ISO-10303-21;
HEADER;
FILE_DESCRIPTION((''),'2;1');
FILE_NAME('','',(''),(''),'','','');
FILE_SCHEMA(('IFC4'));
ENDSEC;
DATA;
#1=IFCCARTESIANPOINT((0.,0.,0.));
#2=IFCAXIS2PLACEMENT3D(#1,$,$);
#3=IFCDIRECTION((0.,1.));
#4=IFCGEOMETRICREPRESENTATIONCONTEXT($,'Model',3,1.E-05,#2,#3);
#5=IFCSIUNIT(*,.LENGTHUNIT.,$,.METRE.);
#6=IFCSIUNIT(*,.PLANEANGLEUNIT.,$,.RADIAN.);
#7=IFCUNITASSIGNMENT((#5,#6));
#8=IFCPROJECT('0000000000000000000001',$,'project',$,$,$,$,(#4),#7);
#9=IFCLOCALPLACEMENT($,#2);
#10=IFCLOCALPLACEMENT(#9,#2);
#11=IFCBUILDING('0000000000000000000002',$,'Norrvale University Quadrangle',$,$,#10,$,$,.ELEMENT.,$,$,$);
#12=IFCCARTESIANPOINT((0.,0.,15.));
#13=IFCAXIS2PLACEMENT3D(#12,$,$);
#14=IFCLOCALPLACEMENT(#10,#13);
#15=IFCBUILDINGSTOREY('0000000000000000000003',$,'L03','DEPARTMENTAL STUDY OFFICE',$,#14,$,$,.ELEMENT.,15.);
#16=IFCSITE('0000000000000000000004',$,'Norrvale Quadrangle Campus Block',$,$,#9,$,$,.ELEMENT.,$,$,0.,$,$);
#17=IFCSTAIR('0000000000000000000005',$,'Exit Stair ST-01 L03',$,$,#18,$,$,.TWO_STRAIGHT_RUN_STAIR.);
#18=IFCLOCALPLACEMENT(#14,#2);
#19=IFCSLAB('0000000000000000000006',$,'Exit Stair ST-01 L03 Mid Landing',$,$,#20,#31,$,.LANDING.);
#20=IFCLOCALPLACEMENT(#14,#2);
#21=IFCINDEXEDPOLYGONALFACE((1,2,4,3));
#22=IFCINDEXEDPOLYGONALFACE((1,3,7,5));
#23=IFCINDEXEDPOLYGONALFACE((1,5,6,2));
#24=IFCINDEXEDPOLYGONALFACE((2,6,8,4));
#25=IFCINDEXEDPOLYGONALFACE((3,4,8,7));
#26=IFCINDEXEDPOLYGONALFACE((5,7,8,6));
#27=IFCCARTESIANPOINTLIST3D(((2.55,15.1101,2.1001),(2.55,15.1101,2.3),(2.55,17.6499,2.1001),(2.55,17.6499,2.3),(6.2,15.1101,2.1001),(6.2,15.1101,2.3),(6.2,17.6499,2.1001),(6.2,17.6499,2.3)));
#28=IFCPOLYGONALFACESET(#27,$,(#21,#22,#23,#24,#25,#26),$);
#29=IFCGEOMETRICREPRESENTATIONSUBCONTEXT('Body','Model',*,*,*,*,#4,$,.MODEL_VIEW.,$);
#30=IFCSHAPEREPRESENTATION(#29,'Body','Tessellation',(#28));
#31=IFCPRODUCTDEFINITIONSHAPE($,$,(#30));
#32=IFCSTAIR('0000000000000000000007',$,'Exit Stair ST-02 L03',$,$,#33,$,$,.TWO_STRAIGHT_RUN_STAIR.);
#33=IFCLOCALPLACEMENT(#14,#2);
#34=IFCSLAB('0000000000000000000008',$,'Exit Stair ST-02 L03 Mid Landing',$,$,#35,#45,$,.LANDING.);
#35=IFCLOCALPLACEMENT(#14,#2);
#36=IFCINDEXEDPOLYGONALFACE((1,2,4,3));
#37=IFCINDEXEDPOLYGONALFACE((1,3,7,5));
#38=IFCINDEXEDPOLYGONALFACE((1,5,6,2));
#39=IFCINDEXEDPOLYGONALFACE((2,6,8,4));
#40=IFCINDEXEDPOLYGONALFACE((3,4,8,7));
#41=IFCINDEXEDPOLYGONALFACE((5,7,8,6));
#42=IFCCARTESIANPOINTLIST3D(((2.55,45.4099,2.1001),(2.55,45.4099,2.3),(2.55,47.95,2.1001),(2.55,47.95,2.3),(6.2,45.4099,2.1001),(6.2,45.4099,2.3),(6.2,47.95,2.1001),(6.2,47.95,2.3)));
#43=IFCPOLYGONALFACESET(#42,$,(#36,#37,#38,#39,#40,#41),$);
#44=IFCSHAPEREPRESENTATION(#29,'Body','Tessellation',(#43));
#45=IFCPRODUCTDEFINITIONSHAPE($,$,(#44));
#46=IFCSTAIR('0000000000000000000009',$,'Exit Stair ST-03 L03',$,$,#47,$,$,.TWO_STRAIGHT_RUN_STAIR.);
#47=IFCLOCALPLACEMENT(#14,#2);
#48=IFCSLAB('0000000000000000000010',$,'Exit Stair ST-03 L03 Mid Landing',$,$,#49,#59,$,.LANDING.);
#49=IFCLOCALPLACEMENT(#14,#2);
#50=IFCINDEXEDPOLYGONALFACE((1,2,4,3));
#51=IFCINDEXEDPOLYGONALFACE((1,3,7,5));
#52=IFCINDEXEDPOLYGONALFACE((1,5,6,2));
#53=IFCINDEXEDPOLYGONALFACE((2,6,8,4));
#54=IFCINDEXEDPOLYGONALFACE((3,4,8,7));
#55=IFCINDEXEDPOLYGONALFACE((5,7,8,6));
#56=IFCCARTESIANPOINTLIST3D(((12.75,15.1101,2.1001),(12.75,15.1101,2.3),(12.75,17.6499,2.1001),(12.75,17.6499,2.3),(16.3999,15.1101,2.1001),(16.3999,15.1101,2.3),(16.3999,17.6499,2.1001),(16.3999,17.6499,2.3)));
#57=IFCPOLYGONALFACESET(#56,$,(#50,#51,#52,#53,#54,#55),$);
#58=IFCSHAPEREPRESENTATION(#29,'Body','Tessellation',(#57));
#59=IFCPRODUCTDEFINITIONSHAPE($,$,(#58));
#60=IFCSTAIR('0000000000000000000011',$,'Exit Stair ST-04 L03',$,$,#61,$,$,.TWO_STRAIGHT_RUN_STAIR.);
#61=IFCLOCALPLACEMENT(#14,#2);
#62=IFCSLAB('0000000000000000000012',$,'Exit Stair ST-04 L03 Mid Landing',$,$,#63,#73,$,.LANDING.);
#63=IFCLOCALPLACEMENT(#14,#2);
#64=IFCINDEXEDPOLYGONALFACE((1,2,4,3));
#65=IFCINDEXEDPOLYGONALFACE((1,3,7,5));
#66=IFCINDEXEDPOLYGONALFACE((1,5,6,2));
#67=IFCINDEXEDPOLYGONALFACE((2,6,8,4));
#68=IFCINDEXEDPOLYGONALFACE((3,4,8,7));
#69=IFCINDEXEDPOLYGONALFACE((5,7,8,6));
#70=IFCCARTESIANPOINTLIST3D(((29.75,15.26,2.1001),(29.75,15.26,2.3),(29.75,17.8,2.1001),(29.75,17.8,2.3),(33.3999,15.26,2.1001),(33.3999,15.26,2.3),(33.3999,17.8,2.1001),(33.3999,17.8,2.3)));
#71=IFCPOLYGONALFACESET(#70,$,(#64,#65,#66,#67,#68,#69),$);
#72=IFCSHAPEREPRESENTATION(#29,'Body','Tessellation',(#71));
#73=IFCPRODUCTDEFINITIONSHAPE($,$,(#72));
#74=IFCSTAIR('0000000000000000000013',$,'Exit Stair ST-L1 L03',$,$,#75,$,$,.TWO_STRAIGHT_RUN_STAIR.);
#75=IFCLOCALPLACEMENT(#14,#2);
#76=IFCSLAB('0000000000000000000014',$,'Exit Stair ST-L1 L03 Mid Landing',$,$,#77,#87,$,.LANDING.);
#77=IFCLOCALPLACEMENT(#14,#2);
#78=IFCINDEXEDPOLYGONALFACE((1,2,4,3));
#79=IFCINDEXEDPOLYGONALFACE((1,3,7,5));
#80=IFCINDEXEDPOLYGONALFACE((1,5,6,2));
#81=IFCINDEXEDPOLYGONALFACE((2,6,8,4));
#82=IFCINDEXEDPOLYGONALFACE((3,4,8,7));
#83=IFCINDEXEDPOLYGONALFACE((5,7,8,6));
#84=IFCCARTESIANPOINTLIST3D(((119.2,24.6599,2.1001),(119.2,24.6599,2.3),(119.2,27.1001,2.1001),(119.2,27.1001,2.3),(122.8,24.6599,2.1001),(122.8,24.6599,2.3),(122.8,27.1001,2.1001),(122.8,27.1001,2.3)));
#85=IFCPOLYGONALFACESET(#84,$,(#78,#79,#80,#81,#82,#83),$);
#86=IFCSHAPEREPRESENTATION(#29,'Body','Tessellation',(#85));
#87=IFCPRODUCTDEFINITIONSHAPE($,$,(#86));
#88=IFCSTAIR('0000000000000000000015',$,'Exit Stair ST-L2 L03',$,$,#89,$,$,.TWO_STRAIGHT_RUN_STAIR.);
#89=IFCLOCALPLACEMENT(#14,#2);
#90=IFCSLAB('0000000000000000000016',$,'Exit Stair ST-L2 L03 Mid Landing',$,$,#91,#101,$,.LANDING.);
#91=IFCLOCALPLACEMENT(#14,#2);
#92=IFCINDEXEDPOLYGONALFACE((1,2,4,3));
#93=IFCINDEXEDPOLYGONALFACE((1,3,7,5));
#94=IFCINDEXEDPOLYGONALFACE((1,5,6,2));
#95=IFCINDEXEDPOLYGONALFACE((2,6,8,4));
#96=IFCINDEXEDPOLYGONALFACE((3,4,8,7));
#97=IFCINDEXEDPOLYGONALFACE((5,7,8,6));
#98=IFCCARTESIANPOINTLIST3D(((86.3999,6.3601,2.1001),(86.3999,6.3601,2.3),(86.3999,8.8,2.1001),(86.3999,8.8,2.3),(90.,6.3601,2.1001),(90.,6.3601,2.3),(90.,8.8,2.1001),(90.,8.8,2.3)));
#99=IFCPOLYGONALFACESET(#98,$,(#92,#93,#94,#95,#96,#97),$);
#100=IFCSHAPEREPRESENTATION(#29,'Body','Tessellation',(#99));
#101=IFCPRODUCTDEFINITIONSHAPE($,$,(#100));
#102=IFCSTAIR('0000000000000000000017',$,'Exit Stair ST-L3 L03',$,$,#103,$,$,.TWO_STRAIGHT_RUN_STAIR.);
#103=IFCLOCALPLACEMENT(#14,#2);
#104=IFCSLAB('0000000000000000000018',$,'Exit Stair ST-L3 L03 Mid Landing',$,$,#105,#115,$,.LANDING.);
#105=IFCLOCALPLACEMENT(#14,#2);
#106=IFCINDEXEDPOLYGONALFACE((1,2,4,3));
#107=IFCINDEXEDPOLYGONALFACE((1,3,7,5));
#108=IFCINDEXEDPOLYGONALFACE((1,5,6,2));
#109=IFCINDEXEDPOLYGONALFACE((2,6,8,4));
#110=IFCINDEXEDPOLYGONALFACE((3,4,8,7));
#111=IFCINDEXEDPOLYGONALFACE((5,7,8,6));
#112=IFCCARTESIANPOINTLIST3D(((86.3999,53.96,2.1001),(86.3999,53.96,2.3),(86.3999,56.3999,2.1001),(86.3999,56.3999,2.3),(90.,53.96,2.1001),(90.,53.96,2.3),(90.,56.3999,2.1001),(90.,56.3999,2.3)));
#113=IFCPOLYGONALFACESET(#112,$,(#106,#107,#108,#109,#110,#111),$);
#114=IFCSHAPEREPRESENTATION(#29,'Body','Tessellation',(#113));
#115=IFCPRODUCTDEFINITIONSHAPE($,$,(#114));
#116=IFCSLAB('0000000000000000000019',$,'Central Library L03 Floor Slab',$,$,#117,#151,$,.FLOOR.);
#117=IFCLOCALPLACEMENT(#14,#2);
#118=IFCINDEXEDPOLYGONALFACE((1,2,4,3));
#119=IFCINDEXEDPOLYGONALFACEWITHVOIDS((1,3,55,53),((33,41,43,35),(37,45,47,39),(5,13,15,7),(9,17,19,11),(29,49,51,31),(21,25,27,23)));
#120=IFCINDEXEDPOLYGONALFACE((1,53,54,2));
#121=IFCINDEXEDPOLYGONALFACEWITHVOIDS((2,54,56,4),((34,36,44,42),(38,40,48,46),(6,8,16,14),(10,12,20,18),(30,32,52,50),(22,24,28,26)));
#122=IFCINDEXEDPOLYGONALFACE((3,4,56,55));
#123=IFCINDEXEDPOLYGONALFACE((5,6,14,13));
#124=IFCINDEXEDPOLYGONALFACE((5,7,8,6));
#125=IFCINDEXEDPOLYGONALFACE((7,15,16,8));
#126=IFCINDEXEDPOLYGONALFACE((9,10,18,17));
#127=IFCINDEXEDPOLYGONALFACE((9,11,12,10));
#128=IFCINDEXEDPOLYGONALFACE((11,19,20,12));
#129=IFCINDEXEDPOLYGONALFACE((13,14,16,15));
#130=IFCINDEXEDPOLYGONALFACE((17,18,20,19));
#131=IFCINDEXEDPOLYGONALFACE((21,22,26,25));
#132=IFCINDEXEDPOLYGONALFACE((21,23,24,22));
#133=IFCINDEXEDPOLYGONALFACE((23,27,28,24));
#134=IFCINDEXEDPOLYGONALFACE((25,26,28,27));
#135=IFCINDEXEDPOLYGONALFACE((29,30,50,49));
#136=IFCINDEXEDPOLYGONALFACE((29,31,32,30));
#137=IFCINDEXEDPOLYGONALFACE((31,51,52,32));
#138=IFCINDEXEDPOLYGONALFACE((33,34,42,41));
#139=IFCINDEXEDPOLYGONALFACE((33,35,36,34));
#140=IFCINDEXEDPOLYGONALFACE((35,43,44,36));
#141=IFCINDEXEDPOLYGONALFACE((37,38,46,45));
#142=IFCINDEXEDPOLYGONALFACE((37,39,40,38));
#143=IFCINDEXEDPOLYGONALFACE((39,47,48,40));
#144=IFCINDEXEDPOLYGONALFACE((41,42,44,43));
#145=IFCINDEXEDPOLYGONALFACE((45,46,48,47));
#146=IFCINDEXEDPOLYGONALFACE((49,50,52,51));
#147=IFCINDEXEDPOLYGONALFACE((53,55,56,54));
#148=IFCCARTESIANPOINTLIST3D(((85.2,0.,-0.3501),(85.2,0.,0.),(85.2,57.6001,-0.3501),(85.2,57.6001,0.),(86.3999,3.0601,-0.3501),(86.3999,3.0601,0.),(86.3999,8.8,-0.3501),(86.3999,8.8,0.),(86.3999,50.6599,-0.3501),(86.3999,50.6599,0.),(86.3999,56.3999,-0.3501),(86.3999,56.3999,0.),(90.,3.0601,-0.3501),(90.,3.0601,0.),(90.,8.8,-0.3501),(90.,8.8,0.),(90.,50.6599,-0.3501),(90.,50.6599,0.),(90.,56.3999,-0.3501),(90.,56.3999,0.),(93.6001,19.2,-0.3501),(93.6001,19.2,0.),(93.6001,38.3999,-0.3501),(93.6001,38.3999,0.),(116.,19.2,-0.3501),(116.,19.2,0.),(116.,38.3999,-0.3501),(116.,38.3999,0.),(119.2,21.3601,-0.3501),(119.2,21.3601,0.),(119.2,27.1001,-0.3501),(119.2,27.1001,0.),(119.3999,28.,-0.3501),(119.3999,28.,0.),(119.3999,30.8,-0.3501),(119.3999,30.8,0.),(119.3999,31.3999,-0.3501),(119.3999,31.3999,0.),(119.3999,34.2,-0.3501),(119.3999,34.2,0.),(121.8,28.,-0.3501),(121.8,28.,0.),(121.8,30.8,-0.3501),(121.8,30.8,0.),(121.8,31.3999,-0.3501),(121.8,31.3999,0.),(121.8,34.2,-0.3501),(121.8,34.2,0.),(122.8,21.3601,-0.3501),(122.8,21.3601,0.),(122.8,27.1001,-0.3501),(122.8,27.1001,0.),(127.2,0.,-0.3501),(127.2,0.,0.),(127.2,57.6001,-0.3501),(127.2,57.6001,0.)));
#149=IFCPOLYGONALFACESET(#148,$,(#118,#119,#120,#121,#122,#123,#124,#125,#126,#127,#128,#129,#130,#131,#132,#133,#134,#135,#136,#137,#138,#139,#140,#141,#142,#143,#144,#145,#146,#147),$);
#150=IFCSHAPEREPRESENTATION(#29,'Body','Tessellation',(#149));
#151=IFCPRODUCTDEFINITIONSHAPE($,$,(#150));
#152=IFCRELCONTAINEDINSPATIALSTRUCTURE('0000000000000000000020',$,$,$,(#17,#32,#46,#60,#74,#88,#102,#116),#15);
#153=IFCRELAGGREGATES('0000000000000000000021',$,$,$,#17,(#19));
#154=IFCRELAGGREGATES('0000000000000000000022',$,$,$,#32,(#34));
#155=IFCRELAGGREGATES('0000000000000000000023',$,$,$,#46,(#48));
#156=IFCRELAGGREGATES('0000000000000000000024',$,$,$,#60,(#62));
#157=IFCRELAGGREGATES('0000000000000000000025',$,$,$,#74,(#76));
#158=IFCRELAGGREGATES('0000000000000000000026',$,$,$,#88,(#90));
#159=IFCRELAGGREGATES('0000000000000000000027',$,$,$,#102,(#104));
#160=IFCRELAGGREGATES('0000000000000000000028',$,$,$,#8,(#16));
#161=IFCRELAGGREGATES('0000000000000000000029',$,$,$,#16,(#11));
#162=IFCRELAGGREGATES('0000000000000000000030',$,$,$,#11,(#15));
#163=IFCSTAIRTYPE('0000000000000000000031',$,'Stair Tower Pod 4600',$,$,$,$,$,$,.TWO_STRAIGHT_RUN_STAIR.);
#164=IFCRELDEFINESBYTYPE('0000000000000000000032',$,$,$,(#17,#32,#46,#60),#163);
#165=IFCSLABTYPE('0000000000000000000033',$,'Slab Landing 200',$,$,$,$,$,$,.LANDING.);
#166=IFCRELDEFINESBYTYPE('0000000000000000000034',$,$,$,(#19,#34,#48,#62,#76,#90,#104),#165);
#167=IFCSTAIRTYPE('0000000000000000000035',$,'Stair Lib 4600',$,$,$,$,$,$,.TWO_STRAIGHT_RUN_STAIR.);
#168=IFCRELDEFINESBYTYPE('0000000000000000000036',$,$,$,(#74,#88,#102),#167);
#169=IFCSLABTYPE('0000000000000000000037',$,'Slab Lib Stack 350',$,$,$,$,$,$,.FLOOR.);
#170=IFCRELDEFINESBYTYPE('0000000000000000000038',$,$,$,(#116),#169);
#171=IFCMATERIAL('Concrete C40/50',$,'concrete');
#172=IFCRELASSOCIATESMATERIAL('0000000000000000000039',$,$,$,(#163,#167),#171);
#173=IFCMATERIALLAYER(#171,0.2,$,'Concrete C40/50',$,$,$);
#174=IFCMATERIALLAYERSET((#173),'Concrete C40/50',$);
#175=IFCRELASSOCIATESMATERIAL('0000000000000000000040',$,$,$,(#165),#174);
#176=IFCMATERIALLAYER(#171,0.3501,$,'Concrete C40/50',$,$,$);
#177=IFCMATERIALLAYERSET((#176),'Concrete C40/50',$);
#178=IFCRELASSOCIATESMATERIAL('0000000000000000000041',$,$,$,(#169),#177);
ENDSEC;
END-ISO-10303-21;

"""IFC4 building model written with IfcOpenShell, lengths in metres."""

from ifc_helpers import new_model, si_unit, direction, frame, origin, place, context, subcontext, project, spatial, polyline, outline, extrude, material, layer, layer_set, type_object, element, aggregate, save


model = new_model("IFC4")

# Units and contexts
model_context = context("Model", 3, precision=1e-05, world=origin(), true_north=direction((0.0, 1.0)))
body_context = subcontext(model_context, "Body", "Model", "MODEL_VIEW")
ifc_project = project(units=[si_unit("LENGTHUNIT", "METRE"), si_unit("PLANEANGLEUNIT", "RADIAN")], contexts=[model_context])

# Site, building, storey
site_placement = place(None, origin())
site = spatial("IfcSite", under=ifc_project, at=site_placement, Name="Norrvale Quadrangle Campus Block", CompositionType="ELEMENT", RefElevation=0.0)
building_placement = place(site_placement, origin())
building = spatial("IfcBuilding", under=site, at=building_placement, Name="Norrvale University Quadrangle", CompositionType="ELEMENT")
storey_placement = place(building_placement, frame((0.0, 0.0, 15.0)))
storey = spatial("IfcBuildingStorey", under=building, at=storey_placement, Name="L03", Description="DEPARTMENTAL STUDY OFFICE", CompositionType="ELEMENT", Elevation=15.0)

# Stairs, slabs
ifc_material_1 = material(Name="Concrete C40/50", Category="concrete")
stair_type_1 = type_object("IfcStairType", Name="Stair Tower Pod 4600", PredefinedType="TWO_STRAIGHT_RUN_STAIR", material=ifc_material_1)
stair_1_placement = place(storey_placement, origin())
stair_1 = element("IfcStair", 1, at=stair_1_placement, inside=storey, type_object=stair_type_1, Name="Exit Stair ST-01 L03", PredefinedType="TWO_STRAIGHT_RUN_STAIR")
ifc_layer_1 = layer(ifc_material_1, 0.2, Name="Concrete C40/50")
ifc_layer_set_1 = layer_set([ifc_layer_1], Name="Concrete C40/50")
slab_type_1 = type_object("IfcSlabType", Name="Slab Landing 200", PredefinedType="LANDING", material=ifc_layer_set_1)
slab_1_placement = place(storey_placement, frame((0.0, 0.0, 2.1001)))
slab_1 = element("IfcSlab", 2, at=slab_1_placement, type_object=slab_type_1, Name="Exit Stair ST-01 L03 Mid Landing", PredefinedType="LANDING", context=body_context, shape_type="SweptSolid", body=[
    extrude(outline(polyline([(2.55, 15.1101), (6.2, 15.1101), (6.2, 17.6499), (2.55, 17.6499), (2.55, 15.1101)])), origin(), (0.0, 0.0, 1.0), 0.2),
])
aggregate(stair_1, [slab_1])
stair_2_placement = place(storey_placement, origin())
stair_2 = element("IfcStair", 3, at=stair_2_placement, inside=storey, type_object=stair_type_1, Name="Exit Stair ST-02 L03", PredefinedType="TWO_STRAIGHT_RUN_STAIR")
slab_2_placement = place(storey_placement, frame((0.0, 0.0, 2.1001)))
slab_2 = element("IfcSlab", 4, at=slab_2_placement, type_object=slab_type_1, Name="Exit Stair ST-02 L03 Mid Landing", PredefinedType="LANDING", context=body_context, shape_type="SweptSolid", body=[
    extrude(outline(polyline([(2.55, 45.4099), (6.2, 45.4099), (6.2, 47.95), (2.55, 47.95), (2.55, 45.4099)])), origin(), (0.0, 0.0, 1.0), 0.2),
])
aggregate(stair_2, [slab_2])
stair_3_placement = place(storey_placement, origin())
stair_3 = element("IfcStair", 5, at=stair_3_placement, inside=storey, type_object=stair_type_1, Name="Exit Stair ST-03 L03", PredefinedType="TWO_STRAIGHT_RUN_STAIR")
slab_3_placement = place(storey_placement, frame((0.0, 0.0, 2.1001)))
slab_3 = element("IfcSlab", 6, at=slab_3_placement, type_object=slab_type_1, Name="Exit Stair ST-03 L03 Mid Landing", PredefinedType="LANDING", context=body_context, shape_type="SweptSolid", body=[
    extrude(outline(polyline([(12.75, 15.1101), (16.3999, 15.1101), (16.3999, 17.6499), (12.75, 17.6499), (12.75, 15.1101)])), origin(), (0.0, 0.0, 1.0), 0.2),
])
aggregate(stair_3, [slab_3])
stair_4_placement = place(storey_placement, origin())
stair_4 = element("IfcStair", 7, at=stair_4_placement, inside=storey, type_object=stair_type_1, Name="Exit Stair ST-04 L03", PredefinedType="TWO_STRAIGHT_RUN_STAIR")
slab_4_placement = place(storey_placement, frame((0.0, 0.0, 2.1001)))
slab_4 = element("IfcSlab", 8, at=slab_4_placement, type_object=slab_type_1, Name="Exit Stair ST-04 L03 Mid Landing", PredefinedType="LANDING", context=body_context, shape_type="SweptSolid", body=[
    extrude(outline(polyline([(29.75, 15.26), (33.3999, 15.26), (33.3999, 17.8), (29.75, 17.8), (29.75, 15.26)])), origin(), (0.0, 0.0, 1.0), 0.2),
])
aggregate(stair_4, [slab_4])
stair_type_2 = type_object("IfcStairType", Name="Stair Lib 4600", PredefinedType="TWO_STRAIGHT_RUN_STAIR", material=ifc_material_1)
stair_5_placement = place(storey_placement, origin())
stair_5 = element("IfcStair", 9, at=stair_5_placement, inside=storey, type_object=stair_type_2, Name="Exit Stair ST-L1 L03", PredefinedType="TWO_STRAIGHT_RUN_STAIR")
slab_5_placement = place(storey_placement, frame((0.0, 0.0, 2.1001)))
slab_5 = element("IfcSlab", 10, at=slab_5_placement, type_object=slab_type_1, Name="Exit Stair ST-L1 L03 Mid Landing", PredefinedType="LANDING", context=body_context, shape_type="SweptSolid", body=[
    extrude(outline(polyline([(119.2, 24.6599), (122.8, 24.6599), (122.8, 27.1001), (119.2, 27.1001), (119.2, 24.6599)])), origin(), (0.0, 0.0, 1.0), 0.2),
])
aggregate(stair_5, [slab_5])
stair_6_placement = place(storey_placement, origin())
stair_6 = element("IfcStair", 11, at=stair_6_placement, inside=storey, type_object=stair_type_2, Name="Exit Stair ST-L2 L03", PredefinedType="TWO_STRAIGHT_RUN_STAIR")
slab_6_placement = place(storey_placement, frame((0.0, 0.0, 2.1001)))
slab_6 = element("IfcSlab", 12, at=slab_6_placement, type_object=slab_type_1, Name="Exit Stair ST-L2 L03 Mid Landing", PredefinedType="LANDING", context=body_context, shape_type="SweptSolid", body=[
    extrude(outline(polyline([(86.3999, 6.3601), (90.0, 6.3601), (90.0, 8.8), (86.3999, 8.8), (86.3999, 6.3601)])), origin(), (0.0, 0.0, 1.0), 0.2),
])
aggregate(stair_6, [slab_6])
stair_7_placement = place(storey_placement, origin())
stair_7 = element("IfcStair", 13, at=stair_7_placement, inside=storey, type_object=stair_type_2, Name="Exit Stair ST-L3 L03", PredefinedType="TWO_STRAIGHT_RUN_STAIR")
slab_7_placement = place(storey_placement, frame((0.0, 0.0, 2.1001)))
slab_7 = element("IfcSlab", 14, at=slab_7_placement, type_object=slab_type_1, Name="Exit Stair ST-L3 L03 Mid Landing", PredefinedType="LANDING", context=body_context, shape_type="SweptSolid", body=[
    extrude(outline(polyline([(86.3999, 53.96), (90.0, 53.96), (90.0, 56.3999), (86.3999, 56.3999), (86.3999, 53.96)])), origin(), (0.0, 0.0, 1.0), 0.2),
])
aggregate(stair_7, [slab_7])

# Slab
ifc_layer_2 = layer(ifc_material_1, 0.3501, Name="Concrete C40/50")
ifc_layer_set_2 = layer_set([ifc_layer_2], Name="Concrete C40/50")
slab_type_2 = type_object("IfcSlabType", Name="Slab Lib Stack 350", PredefinedType="FLOOR", material=ifc_layer_set_2)
slab_8_placement = place(storey_placement, frame((0.0, 0.0, -0.3501)))
element("IfcSlab", 15, at=slab_8_placement, inside=storey, type_object=slab_type_2, Name="Central Library L03 Floor Slab", PredefinedType="FLOOR", context=body_context, shape_type="SweptSolid", body=[
    extrude(outline(polyline([(85.2, 0.0), (127.2, 0.0), (127.2, 57.6001), (85.2, 57.6001), (85.2, 0.0)]), holes=[polyline([(119.2, 21.3601), (122.8, 21.3601), (122.8, 27.1001), (119.2, 27.1001), (119.2, 21.3601)]), polyline([(86.3999, 3.0601), (90.0, 3.0601), (90.0, 8.8), (86.3999, 8.8), (86.3999, 3.0601)]), polyline([(86.3999, 50.6599), (90.0, 50.6599), (90.0, 56.3999), (86.3999, 56.3999), (86.3999, 50.6599)]), polyline([(119.3999, 28.0), (121.8, 28.0), (121.8, 30.8), (119.3999, 30.8), (119.3999, 28.0)]), polyline([(119.3999, 31.3999), (121.8, 31.3999), (121.8, 34.2), (119.3999, 34.2), (119.3999, 31.3999)]), polyline([(93.6001, 19.2), (116.0, 19.2), (116.0, 38.3999), (93.6001, 38.3999), (93.6001, 19.2)])]), origin(), (0.0, 0.0, 1.0), 0.3501),
])

save(model, "model.ifc")
